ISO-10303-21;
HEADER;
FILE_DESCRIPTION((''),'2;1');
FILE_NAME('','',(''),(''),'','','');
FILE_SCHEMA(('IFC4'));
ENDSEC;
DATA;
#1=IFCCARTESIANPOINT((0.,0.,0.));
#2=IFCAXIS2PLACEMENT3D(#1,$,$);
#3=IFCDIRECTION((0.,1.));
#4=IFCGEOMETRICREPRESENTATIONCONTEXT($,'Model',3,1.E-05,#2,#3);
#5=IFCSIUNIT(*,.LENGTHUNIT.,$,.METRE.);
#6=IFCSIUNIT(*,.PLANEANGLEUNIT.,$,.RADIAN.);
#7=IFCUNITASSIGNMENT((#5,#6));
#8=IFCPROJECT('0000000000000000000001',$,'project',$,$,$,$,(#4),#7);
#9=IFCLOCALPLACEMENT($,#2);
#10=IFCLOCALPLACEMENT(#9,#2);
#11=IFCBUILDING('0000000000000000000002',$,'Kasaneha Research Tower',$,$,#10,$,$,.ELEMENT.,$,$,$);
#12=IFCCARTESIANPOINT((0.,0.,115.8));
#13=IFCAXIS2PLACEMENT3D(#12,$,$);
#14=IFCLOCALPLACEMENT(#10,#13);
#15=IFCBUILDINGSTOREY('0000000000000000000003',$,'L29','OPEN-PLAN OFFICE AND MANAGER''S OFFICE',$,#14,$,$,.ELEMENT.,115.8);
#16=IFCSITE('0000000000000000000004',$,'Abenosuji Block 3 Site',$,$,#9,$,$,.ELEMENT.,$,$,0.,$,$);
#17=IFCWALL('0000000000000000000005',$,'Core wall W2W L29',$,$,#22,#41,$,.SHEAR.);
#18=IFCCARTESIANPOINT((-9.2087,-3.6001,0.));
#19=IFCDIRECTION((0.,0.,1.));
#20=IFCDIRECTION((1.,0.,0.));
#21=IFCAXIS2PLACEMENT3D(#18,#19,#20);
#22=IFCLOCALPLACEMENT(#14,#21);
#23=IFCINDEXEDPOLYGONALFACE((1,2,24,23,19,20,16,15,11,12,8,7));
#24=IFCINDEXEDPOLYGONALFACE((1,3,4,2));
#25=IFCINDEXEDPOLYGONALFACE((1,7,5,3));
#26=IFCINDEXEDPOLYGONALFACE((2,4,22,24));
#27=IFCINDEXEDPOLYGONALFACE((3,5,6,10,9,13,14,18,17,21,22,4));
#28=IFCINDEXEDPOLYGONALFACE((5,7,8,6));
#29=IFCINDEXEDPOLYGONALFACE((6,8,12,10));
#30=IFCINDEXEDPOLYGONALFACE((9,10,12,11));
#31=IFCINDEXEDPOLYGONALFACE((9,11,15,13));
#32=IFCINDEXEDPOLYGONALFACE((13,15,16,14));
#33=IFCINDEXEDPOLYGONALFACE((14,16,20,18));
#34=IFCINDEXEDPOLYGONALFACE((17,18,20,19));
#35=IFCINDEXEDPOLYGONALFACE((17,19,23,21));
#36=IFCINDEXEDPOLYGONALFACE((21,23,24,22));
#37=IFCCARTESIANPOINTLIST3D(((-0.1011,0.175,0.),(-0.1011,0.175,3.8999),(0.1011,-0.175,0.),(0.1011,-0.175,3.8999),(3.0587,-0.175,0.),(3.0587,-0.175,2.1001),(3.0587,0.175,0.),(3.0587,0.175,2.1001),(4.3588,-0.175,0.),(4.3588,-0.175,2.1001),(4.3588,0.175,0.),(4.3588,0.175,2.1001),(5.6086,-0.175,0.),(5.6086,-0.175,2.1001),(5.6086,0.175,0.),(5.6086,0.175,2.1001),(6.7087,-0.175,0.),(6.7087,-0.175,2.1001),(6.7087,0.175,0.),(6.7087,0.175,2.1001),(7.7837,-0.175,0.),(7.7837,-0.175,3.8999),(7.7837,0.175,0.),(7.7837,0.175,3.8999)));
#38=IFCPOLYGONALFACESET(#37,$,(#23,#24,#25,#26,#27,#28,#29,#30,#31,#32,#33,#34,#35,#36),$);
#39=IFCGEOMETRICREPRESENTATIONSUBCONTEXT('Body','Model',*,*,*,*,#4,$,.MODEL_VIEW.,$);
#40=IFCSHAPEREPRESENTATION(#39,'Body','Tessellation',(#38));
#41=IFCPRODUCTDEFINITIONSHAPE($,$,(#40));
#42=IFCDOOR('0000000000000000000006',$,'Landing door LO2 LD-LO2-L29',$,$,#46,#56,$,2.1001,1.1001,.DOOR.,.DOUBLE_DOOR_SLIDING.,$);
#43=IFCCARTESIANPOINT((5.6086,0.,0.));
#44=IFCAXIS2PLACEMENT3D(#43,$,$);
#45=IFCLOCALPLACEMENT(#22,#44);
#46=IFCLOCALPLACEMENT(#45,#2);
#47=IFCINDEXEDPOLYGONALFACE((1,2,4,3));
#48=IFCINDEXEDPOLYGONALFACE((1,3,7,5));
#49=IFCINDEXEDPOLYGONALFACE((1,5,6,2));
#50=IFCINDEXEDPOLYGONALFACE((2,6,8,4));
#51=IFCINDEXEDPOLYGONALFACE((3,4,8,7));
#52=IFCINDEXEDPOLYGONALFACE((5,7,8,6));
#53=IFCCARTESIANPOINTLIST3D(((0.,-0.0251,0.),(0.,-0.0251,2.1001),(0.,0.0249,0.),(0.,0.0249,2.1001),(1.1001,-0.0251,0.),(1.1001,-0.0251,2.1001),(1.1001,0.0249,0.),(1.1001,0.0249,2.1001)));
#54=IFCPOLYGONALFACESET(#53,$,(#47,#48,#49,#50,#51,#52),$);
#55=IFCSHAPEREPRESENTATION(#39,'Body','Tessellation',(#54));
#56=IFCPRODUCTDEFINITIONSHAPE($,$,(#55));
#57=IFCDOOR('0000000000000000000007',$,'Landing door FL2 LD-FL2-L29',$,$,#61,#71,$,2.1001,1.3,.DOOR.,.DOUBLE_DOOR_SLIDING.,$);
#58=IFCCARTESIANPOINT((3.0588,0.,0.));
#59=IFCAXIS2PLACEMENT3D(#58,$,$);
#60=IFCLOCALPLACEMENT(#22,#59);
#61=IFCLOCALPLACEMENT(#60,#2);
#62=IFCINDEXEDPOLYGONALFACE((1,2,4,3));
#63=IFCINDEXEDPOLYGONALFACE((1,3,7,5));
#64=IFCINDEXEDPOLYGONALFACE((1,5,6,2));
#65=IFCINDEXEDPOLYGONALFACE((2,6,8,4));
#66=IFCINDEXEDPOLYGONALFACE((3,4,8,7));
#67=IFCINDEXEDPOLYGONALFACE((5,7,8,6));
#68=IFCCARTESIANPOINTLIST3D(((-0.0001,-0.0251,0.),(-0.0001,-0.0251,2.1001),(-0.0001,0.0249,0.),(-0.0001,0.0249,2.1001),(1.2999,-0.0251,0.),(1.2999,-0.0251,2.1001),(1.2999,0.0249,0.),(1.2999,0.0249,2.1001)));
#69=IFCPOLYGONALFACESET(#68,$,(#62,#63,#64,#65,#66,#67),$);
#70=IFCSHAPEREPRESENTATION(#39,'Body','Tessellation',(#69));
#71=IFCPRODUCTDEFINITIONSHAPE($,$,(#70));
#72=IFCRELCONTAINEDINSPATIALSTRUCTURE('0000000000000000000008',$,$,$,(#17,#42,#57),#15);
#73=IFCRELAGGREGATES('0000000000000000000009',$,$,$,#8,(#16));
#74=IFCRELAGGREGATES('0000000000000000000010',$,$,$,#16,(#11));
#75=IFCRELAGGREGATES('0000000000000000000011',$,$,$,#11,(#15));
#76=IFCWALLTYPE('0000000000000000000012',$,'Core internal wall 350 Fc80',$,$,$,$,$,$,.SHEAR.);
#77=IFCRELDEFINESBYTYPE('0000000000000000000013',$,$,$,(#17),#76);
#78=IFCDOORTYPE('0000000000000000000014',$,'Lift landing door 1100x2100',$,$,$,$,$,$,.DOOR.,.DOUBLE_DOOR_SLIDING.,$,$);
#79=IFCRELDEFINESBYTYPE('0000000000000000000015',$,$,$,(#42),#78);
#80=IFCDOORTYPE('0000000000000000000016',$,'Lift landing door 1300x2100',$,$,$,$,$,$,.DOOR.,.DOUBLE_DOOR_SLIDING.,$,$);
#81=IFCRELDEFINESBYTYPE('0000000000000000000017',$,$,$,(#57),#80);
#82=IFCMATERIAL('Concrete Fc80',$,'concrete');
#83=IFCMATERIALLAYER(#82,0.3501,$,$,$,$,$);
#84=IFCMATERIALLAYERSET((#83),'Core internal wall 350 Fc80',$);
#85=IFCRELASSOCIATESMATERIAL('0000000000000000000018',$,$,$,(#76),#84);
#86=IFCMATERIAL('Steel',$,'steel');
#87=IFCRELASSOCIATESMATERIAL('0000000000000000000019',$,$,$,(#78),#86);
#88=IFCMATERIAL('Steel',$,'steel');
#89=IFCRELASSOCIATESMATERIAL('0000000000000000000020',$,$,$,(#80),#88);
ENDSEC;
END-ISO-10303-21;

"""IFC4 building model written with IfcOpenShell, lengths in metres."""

from ifc_helpers import new_model, si_unit, direction, frame, frame_2d, origin, place, context, subcontext, project, spatial, polyline, rectangle, outline, extrude, material, layer, layer_set, type_object, element, fill, save


model = new_model("IFC4")

# Units and contexts
model_context = context("Model", 3, precision=1e-05, world=origin(), true_north=direction((0.0, 1.0)))
body_context = subcontext(model_context, "Body", "Model", "MODEL_VIEW")
ifc_project = project(units=[si_unit("LENGTHUNIT", "METRE"), si_unit("PLANEANGLEUNIT", "RADIAN")], contexts=[model_context])

# Site, building, storey
site_placement = place(None, origin())
site = spatial("IfcSite", under=ifc_project, at=site_placement, Name="Abenosuji Block 3 Site", CompositionType="ELEMENT", RefElevation=0.0)
building_placement = place(site_placement, origin())
building = spatial("IfcBuilding", under=site, at=building_placement, Name="Kasaneha Research Tower", CompositionType="ELEMENT")
storey_placement = place(building_placement, frame((0.0, 0.0, 115.8)))
storey = spatial("IfcBuildingStorey", under=building, at=storey_placement, Name="L29", Description="OPEN-PLAN OFFICE AND MANAGER'S OFFICE", CompositionType="ELEMENT", Elevation=115.8)

# Wall, openings, doors
ifc_material_1 = material(Name="Concrete Fc80", Category="concrete")
ifc_layer_1 = layer(ifc_material_1, 0.3501)
ifc_layer_set_1 = layer_set([ifc_layer_1], Name="Core internal wall 350 Fc80")
wall_type_1 = type_object("IfcWallType", Name="Core internal wall 350 Fc80", PredefinedType="SHEAR", material=ifc_layer_set_1)
wall_1_placement = place(storey_placement, frame((-9.2087, -3.6001, 0.0), z_axis=(0.0, 0.0, 1.0), x_axis=(1.0, 0.0, 0.0)))
wall_1 = element("IfcWall", 1, at=wall_1_placement, inside=storey, type_object=wall_type_1, Name="Core wall W2W L29", PredefinedType="SHEAR", context=body_context, shape_type="SweptSolid", body=[
    extrude(outline(polyline([(0.1011, -0.175), (3.0588, -0.175), (4.3589, -0.175), (5.6086, -0.175), (6.7087, -0.175), (7.7837, -0.175), (7.7837, 0.175), (6.7087, 0.175), (5.6086, 0.175), (4.3589, 0.175), (3.0588, 0.175), (-0.1011, 0.175), (0.1011, -0.175)])), origin(), (0.0, 0.0, 1.0), 3.8999),
])
opening_1_placement = place(wall_1_placement, frame((5.6086, 0.0, 0.0)))
opening_1 = element("IfcOpeningElement", 2, at=opening_1_placement, cuts=wall_1, PredefinedType="OPENING", context=body_context, shape_type="SweptSolid", body=[
    extrude(rectangle(XDim=1.1001, YDim=2.1001, at=frame_2d((0.55, 1.05))), frame((0.0, 0.1851, 0.0), z_axis=(0.0, -1.0, 0.0), x_axis=(1.0, 0.0, 0.0)), (0.0, 0.0, 1.0), 0.3701),
])
opening_2_placement = place(wall_1_placement, frame((3.0588, 0.0, 0.0)))
opening_2 = element("IfcOpeningElement", 3, at=opening_2_placement, cuts=wall_1, PredefinedType="OPENING", context=body_context, shape_type="SweptSolid", body=[
    extrude(rectangle(XDim=1.3, YDim=2.1001, at=frame_2d((0.6499, 1.05))), frame((0.0, 0.1851, 0.0), z_axis=(0.0, -1.0, 0.0), x_axis=(1.0, 0.0, 0.0)), (0.0, 0.0, 1.0), 0.3701),
])
ifc_material_2 = material(Name="Steel", Category="steel")
door_type_1 = type_object("IfcDoorType", Name="Lift landing door 1100x2100", OperationType="DOUBLE_DOOR_SLIDING", PredefinedType="DOOR", material=ifc_material_2)
door_1_placement = place(opening_1_placement, origin())
door_1 = element("IfcDoor", 4, at=door_1_placement, inside=storey, type_object=door_type_1, Name="Landing door LO2 LD-LO2-L29", OperationType="DOUBLE_DOOR_SLIDING", OverallHeight=2.1001, OverallWidth=1.1001, PredefinedType="DOOR", context=body_context, shape_type="SweptSolid", body=[
    extrude(rectangle(XDim=1.1001, YDim=2.1001, at=frame_2d((0.55, 1.05))), frame((0.0, 0.0249, 0.0), z_axis=(0.0, -1.0, 0.0), x_axis=(1.0, 0.0, 0.0)), (0.0, 0.0, 1.0), 0.05),
])
fill(opening_1, door_1)
ifc_material_3 = material(Name="Steel", Category="steel")
door_type_2 = type_object("IfcDoorType", Name="Lift landing door 1300x2100", OperationType="DOUBLE_DOOR_SLIDING", PredefinedType="DOOR", material=ifc_material_3)
door_2_placement = place(opening_2_placement, origin())
door_2 = element("IfcDoor", 5, at=door_2_placement, inside=storey, type_object=door_type_2, Name="Landing door FL2 LD-FL2-L29", OperationType="DOUBLE_DOOR_SLIDING", OverallHeight=2.1001, OverallWidth=1.3, PredefinedType="DOOR", context=body_context, shape_type="SweptSolid", body=[
    extrude(rectangle(XDim=1.3, YDim=2.1001, at=frame_2d((0.6499, 1.05))), frame((0.0, 0.0249, 0.0), z_axis=(0.0, -1.0, 0.0), x_axis=(1.0, 0.0, 0.0)), (0.0, 0.0, 1.0), 0.05),
])
fill(opening_2, door_2)

save(model, "model.ifc")
